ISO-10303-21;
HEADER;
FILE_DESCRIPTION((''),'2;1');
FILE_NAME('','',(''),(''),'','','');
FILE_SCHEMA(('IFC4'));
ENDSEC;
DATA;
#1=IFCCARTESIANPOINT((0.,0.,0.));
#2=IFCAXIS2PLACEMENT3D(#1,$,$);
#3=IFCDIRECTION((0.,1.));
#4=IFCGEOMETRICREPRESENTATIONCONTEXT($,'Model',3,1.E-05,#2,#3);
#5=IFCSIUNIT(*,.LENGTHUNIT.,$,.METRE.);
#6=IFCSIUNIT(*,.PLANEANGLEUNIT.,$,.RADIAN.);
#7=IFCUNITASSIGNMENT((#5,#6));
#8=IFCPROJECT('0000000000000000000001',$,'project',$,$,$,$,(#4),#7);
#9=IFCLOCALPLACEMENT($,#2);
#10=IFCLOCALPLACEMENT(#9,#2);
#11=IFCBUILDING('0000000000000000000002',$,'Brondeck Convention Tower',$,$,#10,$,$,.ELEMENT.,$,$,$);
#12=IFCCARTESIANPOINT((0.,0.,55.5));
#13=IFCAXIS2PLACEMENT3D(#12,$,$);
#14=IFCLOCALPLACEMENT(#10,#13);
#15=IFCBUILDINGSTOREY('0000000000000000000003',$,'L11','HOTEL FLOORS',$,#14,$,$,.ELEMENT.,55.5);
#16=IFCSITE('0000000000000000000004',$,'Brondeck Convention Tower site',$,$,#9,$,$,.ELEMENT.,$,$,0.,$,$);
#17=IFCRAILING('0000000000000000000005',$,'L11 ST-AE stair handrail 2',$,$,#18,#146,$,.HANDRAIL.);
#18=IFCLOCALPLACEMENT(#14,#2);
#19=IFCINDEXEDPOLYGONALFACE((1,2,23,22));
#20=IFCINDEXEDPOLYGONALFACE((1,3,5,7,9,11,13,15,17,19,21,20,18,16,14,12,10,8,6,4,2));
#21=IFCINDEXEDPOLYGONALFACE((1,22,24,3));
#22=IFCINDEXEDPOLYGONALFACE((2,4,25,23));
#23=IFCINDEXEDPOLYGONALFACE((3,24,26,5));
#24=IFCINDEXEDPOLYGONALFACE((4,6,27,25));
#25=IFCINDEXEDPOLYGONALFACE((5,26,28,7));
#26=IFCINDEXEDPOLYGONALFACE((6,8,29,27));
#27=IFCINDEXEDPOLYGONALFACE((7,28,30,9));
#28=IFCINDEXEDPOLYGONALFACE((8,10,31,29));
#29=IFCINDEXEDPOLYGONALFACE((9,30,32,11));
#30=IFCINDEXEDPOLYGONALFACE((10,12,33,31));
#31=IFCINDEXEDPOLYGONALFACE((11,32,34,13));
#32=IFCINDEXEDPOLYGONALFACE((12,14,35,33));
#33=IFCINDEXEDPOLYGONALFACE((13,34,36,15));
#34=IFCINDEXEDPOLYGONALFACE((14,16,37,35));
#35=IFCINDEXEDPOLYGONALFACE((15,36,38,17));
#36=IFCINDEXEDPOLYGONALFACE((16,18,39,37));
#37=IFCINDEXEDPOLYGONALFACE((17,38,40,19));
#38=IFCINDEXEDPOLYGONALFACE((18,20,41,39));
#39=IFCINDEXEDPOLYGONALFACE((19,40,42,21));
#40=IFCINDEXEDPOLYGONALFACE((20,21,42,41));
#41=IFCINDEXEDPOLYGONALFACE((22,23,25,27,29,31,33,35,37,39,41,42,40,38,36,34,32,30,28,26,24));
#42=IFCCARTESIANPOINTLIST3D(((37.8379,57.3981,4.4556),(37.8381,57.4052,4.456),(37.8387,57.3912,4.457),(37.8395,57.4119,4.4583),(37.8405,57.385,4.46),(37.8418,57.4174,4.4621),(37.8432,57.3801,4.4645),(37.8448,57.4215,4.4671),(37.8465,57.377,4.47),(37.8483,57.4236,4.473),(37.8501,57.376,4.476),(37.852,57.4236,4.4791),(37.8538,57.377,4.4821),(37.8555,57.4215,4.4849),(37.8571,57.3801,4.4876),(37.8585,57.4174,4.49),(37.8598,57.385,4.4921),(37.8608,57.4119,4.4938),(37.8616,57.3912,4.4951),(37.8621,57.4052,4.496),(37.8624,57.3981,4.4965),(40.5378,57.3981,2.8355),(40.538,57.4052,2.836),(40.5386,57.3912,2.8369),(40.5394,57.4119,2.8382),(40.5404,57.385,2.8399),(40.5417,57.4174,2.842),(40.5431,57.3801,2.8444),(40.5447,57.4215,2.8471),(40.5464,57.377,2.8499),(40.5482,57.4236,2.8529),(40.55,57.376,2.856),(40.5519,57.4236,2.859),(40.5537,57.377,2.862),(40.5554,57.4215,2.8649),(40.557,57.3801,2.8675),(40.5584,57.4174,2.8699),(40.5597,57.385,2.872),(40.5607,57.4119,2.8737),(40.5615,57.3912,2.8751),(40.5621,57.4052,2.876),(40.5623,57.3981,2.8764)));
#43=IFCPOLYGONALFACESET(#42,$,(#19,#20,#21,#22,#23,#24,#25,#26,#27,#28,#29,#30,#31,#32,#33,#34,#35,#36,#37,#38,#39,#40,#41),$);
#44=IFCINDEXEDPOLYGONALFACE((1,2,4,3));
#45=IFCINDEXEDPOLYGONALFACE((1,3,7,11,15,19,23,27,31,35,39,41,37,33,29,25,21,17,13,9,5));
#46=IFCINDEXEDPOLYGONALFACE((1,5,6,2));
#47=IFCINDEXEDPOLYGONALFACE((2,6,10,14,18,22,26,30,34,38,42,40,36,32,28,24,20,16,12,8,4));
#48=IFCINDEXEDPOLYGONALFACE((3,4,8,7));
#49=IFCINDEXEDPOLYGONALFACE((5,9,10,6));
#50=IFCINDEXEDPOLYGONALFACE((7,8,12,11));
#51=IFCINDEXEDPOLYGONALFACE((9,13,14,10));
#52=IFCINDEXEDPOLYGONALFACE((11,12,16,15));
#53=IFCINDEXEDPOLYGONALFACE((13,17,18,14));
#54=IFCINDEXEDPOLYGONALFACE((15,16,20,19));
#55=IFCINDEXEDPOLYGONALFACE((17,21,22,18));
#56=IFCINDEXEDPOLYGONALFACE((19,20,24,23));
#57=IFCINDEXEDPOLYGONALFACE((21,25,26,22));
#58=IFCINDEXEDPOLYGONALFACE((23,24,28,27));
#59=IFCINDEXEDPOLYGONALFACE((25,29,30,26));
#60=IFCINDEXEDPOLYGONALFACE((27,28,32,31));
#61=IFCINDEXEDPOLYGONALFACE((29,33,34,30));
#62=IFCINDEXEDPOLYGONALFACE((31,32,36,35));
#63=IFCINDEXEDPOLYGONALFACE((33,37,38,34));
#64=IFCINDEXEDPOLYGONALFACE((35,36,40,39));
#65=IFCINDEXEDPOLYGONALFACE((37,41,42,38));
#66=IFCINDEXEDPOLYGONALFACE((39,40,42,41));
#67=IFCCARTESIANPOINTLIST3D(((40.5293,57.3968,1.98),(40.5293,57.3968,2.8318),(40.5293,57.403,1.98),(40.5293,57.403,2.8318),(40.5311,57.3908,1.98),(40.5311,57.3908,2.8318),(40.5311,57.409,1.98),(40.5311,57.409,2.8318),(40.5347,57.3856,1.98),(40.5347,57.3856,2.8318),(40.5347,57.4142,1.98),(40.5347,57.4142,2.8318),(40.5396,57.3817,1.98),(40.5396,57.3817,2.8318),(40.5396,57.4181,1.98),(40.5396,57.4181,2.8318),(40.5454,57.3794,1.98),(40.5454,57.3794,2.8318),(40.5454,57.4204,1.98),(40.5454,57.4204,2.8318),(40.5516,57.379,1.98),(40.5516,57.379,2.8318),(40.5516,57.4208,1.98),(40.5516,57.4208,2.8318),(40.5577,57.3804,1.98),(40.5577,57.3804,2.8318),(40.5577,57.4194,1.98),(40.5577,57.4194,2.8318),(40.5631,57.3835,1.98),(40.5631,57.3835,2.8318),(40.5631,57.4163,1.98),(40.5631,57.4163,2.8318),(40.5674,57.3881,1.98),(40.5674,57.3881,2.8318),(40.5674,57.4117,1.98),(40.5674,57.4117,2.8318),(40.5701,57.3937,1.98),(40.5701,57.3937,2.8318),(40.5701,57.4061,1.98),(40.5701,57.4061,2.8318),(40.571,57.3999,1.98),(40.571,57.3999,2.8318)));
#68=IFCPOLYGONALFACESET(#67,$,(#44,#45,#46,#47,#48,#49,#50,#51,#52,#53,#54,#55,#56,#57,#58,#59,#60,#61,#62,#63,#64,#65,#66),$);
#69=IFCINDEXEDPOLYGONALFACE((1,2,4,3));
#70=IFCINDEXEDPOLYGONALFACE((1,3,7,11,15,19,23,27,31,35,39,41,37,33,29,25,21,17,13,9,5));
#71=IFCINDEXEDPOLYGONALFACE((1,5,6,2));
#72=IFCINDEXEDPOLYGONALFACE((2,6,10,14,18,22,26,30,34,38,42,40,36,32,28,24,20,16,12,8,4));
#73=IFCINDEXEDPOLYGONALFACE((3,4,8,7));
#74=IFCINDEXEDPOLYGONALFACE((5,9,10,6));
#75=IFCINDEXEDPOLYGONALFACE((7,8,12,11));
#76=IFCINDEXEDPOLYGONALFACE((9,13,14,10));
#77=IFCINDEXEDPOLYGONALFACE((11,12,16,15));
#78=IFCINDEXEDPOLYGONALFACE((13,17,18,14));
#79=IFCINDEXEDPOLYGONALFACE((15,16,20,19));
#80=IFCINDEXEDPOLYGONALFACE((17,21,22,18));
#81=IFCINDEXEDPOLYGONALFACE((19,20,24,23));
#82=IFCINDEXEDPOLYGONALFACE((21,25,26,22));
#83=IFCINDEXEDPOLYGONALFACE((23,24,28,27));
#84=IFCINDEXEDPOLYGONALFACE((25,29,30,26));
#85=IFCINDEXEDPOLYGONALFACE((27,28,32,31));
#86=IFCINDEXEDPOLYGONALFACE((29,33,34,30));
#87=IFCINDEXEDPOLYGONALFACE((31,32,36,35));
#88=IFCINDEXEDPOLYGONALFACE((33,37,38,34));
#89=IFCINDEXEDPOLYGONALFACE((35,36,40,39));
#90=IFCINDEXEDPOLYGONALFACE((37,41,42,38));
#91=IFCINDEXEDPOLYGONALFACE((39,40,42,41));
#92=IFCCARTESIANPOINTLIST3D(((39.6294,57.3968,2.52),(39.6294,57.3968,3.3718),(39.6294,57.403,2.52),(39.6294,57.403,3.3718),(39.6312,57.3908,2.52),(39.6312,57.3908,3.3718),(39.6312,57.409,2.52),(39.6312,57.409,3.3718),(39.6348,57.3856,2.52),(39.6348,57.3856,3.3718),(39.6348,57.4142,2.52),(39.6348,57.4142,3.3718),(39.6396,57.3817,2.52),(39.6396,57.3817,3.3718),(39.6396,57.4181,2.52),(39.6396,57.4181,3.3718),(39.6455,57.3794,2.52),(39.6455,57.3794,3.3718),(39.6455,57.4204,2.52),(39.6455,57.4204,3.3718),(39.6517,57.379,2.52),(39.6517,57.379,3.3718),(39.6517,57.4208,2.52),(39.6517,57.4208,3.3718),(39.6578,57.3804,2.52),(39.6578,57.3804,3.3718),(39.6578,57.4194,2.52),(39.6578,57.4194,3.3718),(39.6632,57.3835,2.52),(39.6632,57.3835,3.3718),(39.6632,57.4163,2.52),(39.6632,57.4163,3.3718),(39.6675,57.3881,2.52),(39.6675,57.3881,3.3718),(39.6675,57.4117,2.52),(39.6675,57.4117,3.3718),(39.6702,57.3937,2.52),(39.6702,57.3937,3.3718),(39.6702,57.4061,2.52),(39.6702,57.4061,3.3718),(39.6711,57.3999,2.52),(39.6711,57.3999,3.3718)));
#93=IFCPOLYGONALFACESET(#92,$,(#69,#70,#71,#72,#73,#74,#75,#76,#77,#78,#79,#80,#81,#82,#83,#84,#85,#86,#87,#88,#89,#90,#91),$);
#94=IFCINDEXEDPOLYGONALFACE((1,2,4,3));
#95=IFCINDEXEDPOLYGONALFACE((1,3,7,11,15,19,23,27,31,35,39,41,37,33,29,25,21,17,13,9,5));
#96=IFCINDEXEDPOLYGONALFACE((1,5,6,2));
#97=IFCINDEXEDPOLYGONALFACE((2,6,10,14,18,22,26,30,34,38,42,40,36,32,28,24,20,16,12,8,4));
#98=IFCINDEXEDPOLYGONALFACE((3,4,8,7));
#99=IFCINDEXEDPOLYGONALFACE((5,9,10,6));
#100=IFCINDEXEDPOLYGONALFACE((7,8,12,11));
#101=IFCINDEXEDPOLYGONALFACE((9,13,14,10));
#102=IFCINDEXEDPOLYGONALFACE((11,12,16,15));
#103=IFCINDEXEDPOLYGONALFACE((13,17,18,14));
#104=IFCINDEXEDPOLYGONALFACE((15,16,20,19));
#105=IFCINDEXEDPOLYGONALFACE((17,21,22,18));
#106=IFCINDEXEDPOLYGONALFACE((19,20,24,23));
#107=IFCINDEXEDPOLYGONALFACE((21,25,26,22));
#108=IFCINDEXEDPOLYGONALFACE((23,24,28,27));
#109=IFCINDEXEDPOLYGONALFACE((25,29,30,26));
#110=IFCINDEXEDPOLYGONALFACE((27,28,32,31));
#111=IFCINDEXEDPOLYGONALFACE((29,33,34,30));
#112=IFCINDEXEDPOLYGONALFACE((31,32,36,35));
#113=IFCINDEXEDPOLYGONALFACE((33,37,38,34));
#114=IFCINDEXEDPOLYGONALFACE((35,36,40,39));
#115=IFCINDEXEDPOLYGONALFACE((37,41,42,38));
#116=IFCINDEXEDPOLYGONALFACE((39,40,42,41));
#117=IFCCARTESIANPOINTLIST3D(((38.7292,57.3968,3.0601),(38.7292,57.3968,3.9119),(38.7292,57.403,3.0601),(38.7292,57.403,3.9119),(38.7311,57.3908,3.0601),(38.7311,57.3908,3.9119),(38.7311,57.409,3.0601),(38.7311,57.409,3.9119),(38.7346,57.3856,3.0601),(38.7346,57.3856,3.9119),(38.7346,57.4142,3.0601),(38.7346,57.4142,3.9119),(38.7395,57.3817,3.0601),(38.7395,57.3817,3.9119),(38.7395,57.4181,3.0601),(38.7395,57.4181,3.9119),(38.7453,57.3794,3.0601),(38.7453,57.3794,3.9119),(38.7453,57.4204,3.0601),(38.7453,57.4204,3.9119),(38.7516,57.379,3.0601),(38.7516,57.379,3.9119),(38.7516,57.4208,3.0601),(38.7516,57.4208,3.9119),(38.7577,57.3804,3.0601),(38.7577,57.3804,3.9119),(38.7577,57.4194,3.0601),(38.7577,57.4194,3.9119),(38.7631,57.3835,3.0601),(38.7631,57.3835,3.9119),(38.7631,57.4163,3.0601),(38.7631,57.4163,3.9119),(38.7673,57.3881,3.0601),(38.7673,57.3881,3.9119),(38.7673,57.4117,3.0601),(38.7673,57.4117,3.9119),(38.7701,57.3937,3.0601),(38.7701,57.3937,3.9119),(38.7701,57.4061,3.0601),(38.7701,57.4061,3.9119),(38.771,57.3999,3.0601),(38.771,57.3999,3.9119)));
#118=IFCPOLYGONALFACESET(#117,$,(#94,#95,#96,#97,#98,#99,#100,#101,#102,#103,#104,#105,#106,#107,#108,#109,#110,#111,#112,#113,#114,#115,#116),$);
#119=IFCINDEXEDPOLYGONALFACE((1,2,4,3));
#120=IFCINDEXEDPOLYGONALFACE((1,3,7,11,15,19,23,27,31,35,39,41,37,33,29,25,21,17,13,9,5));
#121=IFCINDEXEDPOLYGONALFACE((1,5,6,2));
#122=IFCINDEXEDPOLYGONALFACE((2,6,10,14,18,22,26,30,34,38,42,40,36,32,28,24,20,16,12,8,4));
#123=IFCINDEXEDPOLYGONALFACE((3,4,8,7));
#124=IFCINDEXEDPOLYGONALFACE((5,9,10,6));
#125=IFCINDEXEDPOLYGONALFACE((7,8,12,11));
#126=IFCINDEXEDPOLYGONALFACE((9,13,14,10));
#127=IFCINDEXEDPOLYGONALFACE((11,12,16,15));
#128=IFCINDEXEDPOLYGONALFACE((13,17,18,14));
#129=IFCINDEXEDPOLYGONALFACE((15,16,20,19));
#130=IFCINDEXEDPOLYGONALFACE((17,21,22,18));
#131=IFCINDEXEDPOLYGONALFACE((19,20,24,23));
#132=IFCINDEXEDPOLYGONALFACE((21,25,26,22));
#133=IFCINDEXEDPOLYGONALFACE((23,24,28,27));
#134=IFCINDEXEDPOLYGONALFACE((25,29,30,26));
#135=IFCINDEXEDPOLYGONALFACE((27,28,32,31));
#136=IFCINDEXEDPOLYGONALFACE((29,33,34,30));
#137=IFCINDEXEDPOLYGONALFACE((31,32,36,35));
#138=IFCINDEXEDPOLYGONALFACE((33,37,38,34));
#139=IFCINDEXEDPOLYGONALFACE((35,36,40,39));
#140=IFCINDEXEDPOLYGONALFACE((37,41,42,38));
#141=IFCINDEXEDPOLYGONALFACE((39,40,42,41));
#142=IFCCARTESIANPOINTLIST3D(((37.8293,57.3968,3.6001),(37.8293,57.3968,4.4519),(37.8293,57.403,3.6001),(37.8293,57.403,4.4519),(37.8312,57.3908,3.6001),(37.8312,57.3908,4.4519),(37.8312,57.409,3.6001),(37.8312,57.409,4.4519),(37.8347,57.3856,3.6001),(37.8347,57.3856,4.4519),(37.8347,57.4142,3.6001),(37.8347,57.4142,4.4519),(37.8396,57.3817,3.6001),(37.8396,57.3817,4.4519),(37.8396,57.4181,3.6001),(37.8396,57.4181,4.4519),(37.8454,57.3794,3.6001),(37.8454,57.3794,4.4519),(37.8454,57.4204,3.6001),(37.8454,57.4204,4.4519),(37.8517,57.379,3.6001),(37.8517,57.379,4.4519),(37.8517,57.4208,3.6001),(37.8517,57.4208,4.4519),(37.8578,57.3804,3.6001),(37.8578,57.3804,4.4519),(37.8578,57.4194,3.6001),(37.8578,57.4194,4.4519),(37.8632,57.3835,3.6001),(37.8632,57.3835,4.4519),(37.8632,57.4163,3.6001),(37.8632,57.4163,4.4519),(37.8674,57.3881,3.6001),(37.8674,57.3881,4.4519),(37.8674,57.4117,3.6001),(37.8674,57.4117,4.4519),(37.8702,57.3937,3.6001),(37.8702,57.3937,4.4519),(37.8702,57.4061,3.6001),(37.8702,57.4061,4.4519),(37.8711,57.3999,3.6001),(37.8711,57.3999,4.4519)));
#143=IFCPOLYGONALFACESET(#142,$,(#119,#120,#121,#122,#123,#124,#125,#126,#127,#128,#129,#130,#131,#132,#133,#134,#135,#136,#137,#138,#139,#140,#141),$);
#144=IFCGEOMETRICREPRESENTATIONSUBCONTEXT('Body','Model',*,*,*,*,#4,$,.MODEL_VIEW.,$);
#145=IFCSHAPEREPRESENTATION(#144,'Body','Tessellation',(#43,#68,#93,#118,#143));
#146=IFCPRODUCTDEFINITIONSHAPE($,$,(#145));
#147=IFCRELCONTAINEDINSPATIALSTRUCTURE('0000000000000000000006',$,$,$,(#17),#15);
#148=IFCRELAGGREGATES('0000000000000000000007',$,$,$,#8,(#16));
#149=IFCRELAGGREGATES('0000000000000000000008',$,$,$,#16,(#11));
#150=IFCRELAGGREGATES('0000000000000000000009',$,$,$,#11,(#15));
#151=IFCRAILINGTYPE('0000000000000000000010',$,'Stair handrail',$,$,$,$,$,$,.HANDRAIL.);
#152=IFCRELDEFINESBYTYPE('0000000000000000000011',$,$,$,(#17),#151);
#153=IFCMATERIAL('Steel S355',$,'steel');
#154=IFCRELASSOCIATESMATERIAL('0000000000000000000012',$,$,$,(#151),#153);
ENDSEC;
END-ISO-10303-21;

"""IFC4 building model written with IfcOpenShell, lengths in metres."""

from ifc_helpers import new_model, si_unit, direction, frame, origin, origin_2d, place, context, subcontext, project, spatial, circle, extrude, material, type_object, element, save


model = new_model("IFC4")

# Units and contexts
model_context = context("Model", 3, precision=1e-05, world=origin(), true_north=direction((0.0, 1.0)))
body_context = subcontext(model_context, "Body", "Model", "MODEL_VIEW")
ifc_project = project(units=[si_unit("LENGTHUNIT", "METRE"), si_unit("PLANEANGLEUNIT", "RADIAN")], contexts=[model_context])

# Site, building, storey
site_placement = place(None, origin())
site = spatial("IfcSite", under=ifc_project, at=site_placement, Name="Brondeck Convention Tower site", CompositionType="ELEMENT", RefElevation=0.0)
building_placement = place(site_placement, origin())
building = spatial("IfcBuilding", under=site, at=building_placement, Name="Brondeck Convention Tower", CompositionType="ELEMENT")
storey_placement = place(building_placement, frame((0.0, 0.0, 55.5)))
storey = spatial("IfcBuildingStorey", under=building, at=storey_placement, Name="L11", Description="HOTEL FLOORS", CompositionType="ELEMENT", Elevation=55.5)

# Railing
ifc_material_1 = material(Name="Steel S355", Category="steel")
railing_type_1 = type_object("IfcRailingType", Name="Stair handrail", PredefinedType="HANDRAIL", material=ifc_material_1)
railing_1_placement = place(storey_placement, frame((40.55, 57.3999, 1.98)))
element("IfcRailing", 1, at=railing_1_placement, inside=storey, type_object=railing_type_1, Name="L11 ST-AE stair handrail 2", PredefinedType="HANDRAIL", context=body_context, shape_type="SweptSolid", body=[
    extrude(circle(Radius=0.0239, at=origin_2d()), frame((0.0, 0.0, 0.876), z_axis=(-0.857472, 0.0, 0.51453), x_axis=(0.0, -1.0, 0.0)), (0.0, 0.0, 1.0), 3.1487),
    extrude(circle(Radius=0.021, at=origin_2d()), origin(), (0.0, 0.0, 1.0), 0.8518),
    extrude(circle(Radius=0.021, at=origin_2d()), frame((-0.8999, 0.0, 0.54)), (0.0, 0.0, 1.0), 0.8518),
    extrude(circle(Radius=0.021, at=origin_2d()), frame((-1.8, 0.0, 1.0801)), (0.0, 0.0, 1.0), 0.8518),
    extrude(circle(Radius=0.021, at=origin_2d()), frame((-2.7, 0.0, 1.6201)), (0.0, 0.0, 1.0), 0.8518),
])

save(model, "model.ifc")
